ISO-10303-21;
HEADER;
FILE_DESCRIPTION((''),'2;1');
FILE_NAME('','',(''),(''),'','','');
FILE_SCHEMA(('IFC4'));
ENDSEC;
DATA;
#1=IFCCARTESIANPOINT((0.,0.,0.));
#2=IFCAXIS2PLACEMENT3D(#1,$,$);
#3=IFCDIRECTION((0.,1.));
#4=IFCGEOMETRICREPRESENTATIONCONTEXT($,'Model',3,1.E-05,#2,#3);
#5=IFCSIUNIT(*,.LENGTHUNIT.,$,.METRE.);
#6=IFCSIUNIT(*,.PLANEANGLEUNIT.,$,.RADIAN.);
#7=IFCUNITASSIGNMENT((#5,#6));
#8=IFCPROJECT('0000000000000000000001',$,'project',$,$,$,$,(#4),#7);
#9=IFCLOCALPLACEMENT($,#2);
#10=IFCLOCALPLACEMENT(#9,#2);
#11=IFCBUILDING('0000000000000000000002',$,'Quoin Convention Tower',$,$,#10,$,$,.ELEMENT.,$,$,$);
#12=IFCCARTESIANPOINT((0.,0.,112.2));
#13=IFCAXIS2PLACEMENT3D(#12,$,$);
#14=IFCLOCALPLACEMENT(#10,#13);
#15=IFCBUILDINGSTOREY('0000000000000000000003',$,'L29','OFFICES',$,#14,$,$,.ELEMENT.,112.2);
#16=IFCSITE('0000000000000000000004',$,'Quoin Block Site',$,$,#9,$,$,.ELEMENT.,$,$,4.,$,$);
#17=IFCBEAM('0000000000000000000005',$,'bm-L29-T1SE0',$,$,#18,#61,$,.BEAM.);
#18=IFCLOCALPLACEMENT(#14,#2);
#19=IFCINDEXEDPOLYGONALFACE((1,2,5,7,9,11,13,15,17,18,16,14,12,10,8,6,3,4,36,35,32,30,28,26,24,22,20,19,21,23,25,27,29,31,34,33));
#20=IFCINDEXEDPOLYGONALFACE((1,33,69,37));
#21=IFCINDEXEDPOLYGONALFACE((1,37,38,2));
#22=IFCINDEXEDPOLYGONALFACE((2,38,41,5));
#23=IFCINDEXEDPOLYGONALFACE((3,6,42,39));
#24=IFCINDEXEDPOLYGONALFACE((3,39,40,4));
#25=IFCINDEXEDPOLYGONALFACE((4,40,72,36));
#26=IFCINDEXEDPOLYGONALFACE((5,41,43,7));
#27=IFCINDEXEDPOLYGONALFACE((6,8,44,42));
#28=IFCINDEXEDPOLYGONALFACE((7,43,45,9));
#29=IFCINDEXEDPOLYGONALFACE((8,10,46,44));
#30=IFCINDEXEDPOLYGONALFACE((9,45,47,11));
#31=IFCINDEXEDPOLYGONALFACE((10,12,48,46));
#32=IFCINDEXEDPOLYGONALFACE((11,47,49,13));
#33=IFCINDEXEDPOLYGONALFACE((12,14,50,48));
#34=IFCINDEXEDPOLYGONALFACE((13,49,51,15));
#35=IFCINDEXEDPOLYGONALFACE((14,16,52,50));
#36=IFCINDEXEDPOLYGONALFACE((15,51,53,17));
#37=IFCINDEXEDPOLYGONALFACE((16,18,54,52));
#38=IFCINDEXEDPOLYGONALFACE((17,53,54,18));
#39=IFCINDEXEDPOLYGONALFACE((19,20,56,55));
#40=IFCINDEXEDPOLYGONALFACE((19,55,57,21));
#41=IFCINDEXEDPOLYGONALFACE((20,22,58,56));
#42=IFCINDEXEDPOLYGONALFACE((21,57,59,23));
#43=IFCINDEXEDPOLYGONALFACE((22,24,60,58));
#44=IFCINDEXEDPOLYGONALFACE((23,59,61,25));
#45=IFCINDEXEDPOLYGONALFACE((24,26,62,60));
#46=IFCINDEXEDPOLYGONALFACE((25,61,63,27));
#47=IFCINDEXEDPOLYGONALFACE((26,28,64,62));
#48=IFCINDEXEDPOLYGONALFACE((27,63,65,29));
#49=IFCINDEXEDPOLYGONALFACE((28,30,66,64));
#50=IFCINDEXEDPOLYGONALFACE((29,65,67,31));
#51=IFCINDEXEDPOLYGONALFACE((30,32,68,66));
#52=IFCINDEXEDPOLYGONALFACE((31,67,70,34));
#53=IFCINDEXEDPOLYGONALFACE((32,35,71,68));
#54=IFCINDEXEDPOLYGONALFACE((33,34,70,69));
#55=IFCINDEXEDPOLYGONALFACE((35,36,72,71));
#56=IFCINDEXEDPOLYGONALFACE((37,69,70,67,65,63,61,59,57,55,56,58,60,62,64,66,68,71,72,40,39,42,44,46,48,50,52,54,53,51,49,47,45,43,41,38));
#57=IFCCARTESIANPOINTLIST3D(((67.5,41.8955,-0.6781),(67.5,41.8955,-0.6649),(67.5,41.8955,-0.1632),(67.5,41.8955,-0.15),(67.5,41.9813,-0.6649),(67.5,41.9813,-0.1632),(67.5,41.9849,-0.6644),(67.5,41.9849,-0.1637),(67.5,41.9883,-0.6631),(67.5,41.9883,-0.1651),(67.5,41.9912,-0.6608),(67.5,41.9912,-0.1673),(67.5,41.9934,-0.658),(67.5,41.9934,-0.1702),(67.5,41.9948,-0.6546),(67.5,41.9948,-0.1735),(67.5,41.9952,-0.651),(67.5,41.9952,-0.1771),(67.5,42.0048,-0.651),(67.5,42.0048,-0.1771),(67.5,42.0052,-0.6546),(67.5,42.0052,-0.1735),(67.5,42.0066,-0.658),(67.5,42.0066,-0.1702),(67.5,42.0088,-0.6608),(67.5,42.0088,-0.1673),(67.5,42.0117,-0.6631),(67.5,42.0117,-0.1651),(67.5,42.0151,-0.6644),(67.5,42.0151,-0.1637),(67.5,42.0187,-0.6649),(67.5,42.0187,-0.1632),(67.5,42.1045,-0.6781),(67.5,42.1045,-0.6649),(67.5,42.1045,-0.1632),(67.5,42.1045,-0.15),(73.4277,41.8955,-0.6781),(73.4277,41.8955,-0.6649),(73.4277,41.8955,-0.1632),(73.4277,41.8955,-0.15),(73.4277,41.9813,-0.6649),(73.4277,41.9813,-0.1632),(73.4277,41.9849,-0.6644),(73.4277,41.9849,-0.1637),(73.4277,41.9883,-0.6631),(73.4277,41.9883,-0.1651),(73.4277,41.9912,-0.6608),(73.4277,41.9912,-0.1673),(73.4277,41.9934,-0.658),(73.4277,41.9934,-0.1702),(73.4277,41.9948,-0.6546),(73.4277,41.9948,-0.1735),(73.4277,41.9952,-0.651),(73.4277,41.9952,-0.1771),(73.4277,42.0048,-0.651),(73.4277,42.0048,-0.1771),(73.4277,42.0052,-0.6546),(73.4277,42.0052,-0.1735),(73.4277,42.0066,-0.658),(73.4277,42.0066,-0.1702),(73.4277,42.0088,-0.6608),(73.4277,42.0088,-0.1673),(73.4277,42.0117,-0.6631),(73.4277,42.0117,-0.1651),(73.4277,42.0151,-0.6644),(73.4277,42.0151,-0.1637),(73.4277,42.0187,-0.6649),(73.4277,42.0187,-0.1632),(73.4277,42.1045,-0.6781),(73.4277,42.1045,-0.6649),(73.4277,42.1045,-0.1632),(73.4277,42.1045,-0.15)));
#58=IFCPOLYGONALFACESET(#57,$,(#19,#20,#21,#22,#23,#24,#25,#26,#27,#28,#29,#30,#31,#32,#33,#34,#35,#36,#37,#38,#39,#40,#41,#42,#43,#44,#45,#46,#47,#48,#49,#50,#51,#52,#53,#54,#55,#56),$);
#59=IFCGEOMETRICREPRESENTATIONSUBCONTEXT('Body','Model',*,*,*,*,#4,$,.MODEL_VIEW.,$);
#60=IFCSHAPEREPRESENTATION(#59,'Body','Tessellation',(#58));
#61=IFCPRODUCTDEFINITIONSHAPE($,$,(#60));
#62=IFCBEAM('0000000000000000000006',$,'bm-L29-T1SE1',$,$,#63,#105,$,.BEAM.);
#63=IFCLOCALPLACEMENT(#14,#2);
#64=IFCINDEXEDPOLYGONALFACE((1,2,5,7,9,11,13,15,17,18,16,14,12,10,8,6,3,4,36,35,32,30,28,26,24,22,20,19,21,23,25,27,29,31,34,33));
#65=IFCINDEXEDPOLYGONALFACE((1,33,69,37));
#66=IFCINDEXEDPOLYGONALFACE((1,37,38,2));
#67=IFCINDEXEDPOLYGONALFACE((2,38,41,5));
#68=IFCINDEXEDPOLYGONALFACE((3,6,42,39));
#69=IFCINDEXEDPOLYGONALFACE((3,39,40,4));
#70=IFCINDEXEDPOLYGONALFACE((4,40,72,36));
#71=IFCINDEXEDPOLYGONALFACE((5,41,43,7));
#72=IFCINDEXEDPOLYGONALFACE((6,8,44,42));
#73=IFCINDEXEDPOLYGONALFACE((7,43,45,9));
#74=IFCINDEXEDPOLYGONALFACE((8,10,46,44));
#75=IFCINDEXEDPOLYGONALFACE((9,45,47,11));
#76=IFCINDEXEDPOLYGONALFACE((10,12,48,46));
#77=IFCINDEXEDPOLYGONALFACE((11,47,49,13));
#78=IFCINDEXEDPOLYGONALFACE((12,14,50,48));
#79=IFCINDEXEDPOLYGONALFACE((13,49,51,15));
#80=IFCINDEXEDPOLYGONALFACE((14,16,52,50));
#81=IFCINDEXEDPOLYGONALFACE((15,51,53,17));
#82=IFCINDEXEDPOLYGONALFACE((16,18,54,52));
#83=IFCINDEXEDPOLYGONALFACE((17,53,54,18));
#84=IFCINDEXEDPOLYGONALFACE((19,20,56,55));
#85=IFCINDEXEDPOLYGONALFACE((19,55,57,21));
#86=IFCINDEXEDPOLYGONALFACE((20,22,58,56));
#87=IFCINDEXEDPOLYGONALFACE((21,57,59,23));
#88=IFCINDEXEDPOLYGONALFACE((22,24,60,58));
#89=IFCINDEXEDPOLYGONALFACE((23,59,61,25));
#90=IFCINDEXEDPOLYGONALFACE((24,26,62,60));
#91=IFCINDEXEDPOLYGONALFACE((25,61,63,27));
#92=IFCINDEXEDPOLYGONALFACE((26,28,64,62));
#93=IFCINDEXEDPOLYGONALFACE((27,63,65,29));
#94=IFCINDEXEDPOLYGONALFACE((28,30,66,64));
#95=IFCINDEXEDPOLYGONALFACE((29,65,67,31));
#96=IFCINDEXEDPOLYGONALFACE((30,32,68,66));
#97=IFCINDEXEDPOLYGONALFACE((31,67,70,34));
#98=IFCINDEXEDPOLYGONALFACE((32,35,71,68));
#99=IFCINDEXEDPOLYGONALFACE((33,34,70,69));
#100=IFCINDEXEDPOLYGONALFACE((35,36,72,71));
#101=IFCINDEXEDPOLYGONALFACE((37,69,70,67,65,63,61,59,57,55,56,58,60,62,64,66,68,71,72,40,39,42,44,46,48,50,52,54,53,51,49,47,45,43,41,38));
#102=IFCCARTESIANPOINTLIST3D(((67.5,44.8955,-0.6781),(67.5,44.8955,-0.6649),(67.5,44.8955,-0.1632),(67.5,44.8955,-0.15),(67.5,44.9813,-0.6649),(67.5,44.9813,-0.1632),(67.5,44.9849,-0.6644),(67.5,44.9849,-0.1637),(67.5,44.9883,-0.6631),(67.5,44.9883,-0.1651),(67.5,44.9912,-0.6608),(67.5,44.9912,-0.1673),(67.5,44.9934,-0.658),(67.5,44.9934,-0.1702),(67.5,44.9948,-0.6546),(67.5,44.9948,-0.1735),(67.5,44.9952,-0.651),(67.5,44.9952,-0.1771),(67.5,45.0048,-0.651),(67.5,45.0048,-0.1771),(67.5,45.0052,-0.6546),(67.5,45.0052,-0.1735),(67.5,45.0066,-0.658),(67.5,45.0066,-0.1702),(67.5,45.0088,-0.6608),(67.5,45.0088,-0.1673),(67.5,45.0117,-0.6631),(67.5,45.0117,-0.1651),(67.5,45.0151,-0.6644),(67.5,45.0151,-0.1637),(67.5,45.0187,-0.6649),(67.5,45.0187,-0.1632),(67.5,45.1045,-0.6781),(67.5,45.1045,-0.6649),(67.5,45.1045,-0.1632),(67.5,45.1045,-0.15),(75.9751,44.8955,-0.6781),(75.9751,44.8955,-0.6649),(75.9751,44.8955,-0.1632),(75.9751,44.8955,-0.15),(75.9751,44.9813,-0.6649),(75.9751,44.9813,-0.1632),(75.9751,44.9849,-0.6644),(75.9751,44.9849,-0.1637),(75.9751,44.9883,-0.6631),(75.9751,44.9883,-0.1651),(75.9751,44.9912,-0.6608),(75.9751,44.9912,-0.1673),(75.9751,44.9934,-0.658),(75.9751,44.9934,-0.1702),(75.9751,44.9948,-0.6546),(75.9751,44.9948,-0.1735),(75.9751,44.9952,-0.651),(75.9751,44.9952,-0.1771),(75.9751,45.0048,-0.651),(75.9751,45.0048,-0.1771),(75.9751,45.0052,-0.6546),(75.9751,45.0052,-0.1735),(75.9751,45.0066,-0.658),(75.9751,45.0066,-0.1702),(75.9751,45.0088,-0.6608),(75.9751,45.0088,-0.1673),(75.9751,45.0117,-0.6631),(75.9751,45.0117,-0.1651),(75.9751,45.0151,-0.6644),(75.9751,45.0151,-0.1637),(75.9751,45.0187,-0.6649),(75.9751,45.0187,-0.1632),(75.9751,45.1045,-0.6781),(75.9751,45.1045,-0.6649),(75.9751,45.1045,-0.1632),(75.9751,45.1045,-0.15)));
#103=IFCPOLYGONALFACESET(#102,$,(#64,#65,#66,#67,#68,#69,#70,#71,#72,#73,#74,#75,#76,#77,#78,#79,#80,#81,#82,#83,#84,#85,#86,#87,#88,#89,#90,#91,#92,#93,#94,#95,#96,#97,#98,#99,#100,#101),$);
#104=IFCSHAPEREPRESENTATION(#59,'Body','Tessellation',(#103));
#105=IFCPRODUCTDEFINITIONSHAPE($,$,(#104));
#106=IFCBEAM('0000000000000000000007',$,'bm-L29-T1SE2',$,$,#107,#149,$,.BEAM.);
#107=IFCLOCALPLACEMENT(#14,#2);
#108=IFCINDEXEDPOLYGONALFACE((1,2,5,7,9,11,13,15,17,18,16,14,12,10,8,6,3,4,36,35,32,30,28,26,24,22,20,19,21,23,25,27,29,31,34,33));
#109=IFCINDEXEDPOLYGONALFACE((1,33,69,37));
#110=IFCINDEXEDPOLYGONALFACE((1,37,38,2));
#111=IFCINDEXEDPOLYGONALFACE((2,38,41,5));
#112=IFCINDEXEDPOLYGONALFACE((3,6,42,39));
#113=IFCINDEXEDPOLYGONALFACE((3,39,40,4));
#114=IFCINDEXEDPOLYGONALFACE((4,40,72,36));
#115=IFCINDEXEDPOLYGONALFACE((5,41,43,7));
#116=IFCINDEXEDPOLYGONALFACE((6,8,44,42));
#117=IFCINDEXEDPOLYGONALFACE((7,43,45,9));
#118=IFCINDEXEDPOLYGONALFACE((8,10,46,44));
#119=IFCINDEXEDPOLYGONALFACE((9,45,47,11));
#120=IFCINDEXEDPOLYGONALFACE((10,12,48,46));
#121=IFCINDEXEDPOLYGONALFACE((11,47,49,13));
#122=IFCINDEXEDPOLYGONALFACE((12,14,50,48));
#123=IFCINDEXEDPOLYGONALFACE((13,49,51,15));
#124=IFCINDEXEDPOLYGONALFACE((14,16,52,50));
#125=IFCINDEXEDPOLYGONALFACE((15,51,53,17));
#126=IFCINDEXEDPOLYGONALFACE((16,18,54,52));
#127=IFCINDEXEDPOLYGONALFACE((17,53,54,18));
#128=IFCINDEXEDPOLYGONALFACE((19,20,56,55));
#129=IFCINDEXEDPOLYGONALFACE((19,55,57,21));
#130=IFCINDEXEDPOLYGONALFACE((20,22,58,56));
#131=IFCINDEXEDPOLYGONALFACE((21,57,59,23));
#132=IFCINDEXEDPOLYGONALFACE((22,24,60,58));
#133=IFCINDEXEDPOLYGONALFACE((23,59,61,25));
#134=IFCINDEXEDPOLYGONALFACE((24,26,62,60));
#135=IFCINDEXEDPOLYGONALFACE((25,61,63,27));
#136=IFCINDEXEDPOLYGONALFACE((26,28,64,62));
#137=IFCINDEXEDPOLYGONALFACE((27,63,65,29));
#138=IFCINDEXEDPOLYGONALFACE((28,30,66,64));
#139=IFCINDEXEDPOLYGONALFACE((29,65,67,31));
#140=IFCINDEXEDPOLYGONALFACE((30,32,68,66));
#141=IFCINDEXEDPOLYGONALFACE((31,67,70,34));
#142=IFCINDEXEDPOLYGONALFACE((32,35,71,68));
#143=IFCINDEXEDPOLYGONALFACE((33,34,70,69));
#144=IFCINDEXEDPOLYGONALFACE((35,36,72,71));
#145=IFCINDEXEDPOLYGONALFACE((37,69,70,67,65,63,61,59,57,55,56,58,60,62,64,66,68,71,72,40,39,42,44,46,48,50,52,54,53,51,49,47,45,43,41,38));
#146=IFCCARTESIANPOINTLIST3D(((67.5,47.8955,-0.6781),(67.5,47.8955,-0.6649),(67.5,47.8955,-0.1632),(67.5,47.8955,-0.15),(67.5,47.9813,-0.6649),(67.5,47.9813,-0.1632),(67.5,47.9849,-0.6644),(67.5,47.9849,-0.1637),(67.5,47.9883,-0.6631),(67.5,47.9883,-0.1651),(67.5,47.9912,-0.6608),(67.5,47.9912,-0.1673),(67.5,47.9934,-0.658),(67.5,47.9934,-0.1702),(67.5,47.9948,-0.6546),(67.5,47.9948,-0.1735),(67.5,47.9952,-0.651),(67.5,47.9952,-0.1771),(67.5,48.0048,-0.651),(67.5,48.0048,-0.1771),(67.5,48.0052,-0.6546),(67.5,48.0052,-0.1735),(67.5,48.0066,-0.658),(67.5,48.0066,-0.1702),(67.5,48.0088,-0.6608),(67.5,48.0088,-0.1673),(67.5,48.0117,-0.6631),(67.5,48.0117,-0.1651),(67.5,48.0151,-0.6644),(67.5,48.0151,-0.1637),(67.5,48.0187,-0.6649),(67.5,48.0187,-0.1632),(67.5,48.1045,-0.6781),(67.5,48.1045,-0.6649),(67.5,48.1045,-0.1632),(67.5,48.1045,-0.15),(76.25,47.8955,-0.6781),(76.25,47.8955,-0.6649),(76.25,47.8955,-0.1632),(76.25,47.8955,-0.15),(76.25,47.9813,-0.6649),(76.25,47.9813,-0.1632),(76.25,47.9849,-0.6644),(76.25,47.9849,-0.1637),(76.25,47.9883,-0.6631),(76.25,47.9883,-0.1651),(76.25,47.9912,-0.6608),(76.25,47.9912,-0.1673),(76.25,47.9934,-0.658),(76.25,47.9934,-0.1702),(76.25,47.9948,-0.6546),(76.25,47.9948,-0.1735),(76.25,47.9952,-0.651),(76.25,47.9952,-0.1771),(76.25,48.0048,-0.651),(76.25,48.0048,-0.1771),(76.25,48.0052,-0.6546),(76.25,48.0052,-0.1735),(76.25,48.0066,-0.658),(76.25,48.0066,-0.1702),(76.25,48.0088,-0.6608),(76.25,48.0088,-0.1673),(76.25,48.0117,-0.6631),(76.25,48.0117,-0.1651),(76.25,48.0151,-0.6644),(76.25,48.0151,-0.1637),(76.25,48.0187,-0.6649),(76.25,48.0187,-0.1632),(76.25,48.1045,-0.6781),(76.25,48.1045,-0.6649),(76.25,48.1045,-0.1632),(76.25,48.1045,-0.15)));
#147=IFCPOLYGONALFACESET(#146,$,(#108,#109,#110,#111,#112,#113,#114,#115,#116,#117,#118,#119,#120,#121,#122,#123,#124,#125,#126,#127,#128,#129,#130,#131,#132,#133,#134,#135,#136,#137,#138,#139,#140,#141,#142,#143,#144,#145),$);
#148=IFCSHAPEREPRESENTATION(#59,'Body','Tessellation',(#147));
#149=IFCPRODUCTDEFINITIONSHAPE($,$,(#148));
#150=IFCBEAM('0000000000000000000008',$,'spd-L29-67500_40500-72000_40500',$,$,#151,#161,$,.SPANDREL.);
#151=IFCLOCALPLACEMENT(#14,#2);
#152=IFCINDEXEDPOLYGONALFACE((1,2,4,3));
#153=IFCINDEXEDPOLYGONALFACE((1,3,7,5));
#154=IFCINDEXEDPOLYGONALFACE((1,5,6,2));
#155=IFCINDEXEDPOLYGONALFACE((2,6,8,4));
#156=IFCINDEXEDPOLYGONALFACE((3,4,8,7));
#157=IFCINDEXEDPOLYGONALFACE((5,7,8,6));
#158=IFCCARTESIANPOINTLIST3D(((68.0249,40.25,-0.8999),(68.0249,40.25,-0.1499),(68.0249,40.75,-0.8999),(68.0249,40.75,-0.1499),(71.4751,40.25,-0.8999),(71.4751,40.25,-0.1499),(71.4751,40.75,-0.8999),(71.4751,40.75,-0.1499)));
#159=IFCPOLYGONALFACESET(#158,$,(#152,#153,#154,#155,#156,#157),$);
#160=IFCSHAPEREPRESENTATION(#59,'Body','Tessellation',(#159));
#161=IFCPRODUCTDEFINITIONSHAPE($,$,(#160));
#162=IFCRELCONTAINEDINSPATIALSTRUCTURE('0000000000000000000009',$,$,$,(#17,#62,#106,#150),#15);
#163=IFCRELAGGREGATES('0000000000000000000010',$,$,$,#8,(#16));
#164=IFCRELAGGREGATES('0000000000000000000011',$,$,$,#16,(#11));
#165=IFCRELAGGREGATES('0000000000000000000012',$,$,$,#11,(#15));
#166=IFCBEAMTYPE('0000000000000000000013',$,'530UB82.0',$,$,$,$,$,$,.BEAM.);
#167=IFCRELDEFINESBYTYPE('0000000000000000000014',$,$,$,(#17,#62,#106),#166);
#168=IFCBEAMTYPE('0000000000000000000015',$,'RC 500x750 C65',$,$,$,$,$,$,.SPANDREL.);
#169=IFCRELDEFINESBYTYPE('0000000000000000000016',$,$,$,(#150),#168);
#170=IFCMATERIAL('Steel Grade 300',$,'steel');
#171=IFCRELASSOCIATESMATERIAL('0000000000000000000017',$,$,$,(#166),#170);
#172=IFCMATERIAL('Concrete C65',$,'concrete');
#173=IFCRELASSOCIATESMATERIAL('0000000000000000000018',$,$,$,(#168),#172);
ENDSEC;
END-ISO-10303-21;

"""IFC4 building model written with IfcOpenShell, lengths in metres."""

from ifc_helpers import new_model, si_unit, direction, frame, origin, origin_2d, place, context, subcontext, project, spatial, rectangle, i_section, extrude, material, material_profile, profile_set, type_object, element, save


model = new_model("IFC4")

# Units and contexts
model_context = context("Model", 3, precision=1e-05, world=origin(), true_north=direction((0.0, 1.0)))
body_context = subcontext(model_context, "Body", "Model", "MODEL_VIEW")
ifc_project = project(units=[si_unit("LENGTHUNIT", "METRE"), si_unit("PLANEANGLEUNIT", "RADIAN")], contexts=[model_context])

# Site, building, storey
site_placement = place(None, origin())
site = spatial("IfcSite", under=ifc_project, at=site_placement, Name="Quoin Block Site", CompositionType="ELEMENT", RefElevation=4.0)
building_placement = place(site_placement, origin())
building = spatial("IfcBuilding", under=site, at=building_placement, Name="Quoin Convention Tower", CompositionType="ELEMENT")
storey_placement = place(building_placement, frame((0.0, 0.0, 112.2)))
storey = spatial("IfcBuildingStorey", under=building, at=storey_placement, Name="L29", Description="OFFICES", CompositionType="ELEMENT", Elevation=112.2)

# Shared definitions
ifc_material_1 = material(Name="Concrete C65", Category="concrete")

# Beams
ifc_material_2 = material(Name="Steel Grade 300", Category="steel")
ifc_material_profile_1 = material_profile(ifc_material_2, i_section(OverallWidth=0.209, OverallDepth=0.5281, WebThickness=0.0095, FlangeThickness=0.0132, FilletRadius=0.0139, at=origin_2d()), Name="530UB82.0")
ifc_profile_set_1 = profile_set([ifc_material_profile_1], Name="Steel Grade 300")
beam_type_1 = type_object("IfcBeamType", Name="530UB82.0", PredefinedType="BEAM", material=ifc_profile_set_1)
beam_1_placement = place(storey_placement, frame((67.5, 42.0, -0.4141), z_axis=(1.0, 0.0, 0.0), x_axis=(0.0, 1.0, 0.0)))
element("IfcBeam", 1, at=beam_1_placement, inside=storey, type_object=beam_type_1, Name="bm-L29-T1SE0", PredefinedType="BEAM", context=body_context, shape_type="SweptSolid", body=[
    extrude(i_section(OverallWidth=0.209, OverallDepth=0.5281, WebThickness=0.0095, FlangeThickness=0.0132, FilletRadius=0.0139, at=origin_2d()), origin(), (0.0, 0.0, 1.0), 5.9277),
])
beam_2_placement = place(storey_placement, frame((67.5, 45.0, -0.4141), z_axis=(1.0, 0.0, 0.0), x_axis=(0.0, 1.0, 0.0)))
element("IfcBeam", 2, at=beam_2_placement, inside=storey, type_object=beam_type_1, Name="bm-L29-T1SE1", PredefinedType="BEAM", context=body_context, shape_type="SweptSolid", body=[
    extrude(i_section(OverallWidth=0.209, OverallDepth=0.5281, WebThickness=0.0095, FlangeThickness=0.0132, FilletRadius=0.0139, at=origin_2d()), origin(), (0.0, 0.0, 1.0), 8.4751),
])
beam_3_placement = place(storey_placement, frame((67.5, 48.0, -0.4141), z_axis=(1.0, 0.0, 0.0), x_axis=(0.0, 1.0, 0.0)))
element("IfcBeam", 3, at=beam_3_placement, inside=storey, type_object=beam_type_1, Name="bm-L29-T1SE2", PredefinedType="BEAM", context=body_context, shape_type="SweptSolid", body=[
    extrude(i_section(OverallWidth=0.209, OverallDepth=0.5281, WebThickness=0.0095, FlangeThickness=0.0132, FilletRadius=0.0139, at=origin_2d()), origin(), (0.0, 0.0, 1.0), 8.75),
])
ifc_material_profile_2 = material_profile(ifc_material_1, rectangle(XDim=0.5, YDim=0.75, at=origin_2d()), Name="RC 500x750")
ifc_profile_set_2 = profile_set([ifc_material_profile_2], Name="Concrete C65")
beam_type_2 = type_object("IfcBeamType", Name="RC 500x750 C65", PredefinedType="SPANDREL", material=ifc_profile_set_2)
beam_4_placement = place(storey_placement, frame((68.0249, 40.5, -0.5249), z_axis=(1.0, 0.0, 0.0), x_axis=(0.0, 1.0, 0.0)))
element("IfcBeam", 4, at=beam_4_placement, inside=storey, type_object=beam_type_2, Name="spd-L29-67500_40500-72000_40500", PredefinedType="SPANDREL", context=body_context, shape_type="SweptSolid", body=[
    extrude(rectangle(XDim=0.5, YDim=0.75, at=origin_2d()), origin(), (0.0, 0.0, 1.0), 3.4502),
])

save(model, "model.ifc")
